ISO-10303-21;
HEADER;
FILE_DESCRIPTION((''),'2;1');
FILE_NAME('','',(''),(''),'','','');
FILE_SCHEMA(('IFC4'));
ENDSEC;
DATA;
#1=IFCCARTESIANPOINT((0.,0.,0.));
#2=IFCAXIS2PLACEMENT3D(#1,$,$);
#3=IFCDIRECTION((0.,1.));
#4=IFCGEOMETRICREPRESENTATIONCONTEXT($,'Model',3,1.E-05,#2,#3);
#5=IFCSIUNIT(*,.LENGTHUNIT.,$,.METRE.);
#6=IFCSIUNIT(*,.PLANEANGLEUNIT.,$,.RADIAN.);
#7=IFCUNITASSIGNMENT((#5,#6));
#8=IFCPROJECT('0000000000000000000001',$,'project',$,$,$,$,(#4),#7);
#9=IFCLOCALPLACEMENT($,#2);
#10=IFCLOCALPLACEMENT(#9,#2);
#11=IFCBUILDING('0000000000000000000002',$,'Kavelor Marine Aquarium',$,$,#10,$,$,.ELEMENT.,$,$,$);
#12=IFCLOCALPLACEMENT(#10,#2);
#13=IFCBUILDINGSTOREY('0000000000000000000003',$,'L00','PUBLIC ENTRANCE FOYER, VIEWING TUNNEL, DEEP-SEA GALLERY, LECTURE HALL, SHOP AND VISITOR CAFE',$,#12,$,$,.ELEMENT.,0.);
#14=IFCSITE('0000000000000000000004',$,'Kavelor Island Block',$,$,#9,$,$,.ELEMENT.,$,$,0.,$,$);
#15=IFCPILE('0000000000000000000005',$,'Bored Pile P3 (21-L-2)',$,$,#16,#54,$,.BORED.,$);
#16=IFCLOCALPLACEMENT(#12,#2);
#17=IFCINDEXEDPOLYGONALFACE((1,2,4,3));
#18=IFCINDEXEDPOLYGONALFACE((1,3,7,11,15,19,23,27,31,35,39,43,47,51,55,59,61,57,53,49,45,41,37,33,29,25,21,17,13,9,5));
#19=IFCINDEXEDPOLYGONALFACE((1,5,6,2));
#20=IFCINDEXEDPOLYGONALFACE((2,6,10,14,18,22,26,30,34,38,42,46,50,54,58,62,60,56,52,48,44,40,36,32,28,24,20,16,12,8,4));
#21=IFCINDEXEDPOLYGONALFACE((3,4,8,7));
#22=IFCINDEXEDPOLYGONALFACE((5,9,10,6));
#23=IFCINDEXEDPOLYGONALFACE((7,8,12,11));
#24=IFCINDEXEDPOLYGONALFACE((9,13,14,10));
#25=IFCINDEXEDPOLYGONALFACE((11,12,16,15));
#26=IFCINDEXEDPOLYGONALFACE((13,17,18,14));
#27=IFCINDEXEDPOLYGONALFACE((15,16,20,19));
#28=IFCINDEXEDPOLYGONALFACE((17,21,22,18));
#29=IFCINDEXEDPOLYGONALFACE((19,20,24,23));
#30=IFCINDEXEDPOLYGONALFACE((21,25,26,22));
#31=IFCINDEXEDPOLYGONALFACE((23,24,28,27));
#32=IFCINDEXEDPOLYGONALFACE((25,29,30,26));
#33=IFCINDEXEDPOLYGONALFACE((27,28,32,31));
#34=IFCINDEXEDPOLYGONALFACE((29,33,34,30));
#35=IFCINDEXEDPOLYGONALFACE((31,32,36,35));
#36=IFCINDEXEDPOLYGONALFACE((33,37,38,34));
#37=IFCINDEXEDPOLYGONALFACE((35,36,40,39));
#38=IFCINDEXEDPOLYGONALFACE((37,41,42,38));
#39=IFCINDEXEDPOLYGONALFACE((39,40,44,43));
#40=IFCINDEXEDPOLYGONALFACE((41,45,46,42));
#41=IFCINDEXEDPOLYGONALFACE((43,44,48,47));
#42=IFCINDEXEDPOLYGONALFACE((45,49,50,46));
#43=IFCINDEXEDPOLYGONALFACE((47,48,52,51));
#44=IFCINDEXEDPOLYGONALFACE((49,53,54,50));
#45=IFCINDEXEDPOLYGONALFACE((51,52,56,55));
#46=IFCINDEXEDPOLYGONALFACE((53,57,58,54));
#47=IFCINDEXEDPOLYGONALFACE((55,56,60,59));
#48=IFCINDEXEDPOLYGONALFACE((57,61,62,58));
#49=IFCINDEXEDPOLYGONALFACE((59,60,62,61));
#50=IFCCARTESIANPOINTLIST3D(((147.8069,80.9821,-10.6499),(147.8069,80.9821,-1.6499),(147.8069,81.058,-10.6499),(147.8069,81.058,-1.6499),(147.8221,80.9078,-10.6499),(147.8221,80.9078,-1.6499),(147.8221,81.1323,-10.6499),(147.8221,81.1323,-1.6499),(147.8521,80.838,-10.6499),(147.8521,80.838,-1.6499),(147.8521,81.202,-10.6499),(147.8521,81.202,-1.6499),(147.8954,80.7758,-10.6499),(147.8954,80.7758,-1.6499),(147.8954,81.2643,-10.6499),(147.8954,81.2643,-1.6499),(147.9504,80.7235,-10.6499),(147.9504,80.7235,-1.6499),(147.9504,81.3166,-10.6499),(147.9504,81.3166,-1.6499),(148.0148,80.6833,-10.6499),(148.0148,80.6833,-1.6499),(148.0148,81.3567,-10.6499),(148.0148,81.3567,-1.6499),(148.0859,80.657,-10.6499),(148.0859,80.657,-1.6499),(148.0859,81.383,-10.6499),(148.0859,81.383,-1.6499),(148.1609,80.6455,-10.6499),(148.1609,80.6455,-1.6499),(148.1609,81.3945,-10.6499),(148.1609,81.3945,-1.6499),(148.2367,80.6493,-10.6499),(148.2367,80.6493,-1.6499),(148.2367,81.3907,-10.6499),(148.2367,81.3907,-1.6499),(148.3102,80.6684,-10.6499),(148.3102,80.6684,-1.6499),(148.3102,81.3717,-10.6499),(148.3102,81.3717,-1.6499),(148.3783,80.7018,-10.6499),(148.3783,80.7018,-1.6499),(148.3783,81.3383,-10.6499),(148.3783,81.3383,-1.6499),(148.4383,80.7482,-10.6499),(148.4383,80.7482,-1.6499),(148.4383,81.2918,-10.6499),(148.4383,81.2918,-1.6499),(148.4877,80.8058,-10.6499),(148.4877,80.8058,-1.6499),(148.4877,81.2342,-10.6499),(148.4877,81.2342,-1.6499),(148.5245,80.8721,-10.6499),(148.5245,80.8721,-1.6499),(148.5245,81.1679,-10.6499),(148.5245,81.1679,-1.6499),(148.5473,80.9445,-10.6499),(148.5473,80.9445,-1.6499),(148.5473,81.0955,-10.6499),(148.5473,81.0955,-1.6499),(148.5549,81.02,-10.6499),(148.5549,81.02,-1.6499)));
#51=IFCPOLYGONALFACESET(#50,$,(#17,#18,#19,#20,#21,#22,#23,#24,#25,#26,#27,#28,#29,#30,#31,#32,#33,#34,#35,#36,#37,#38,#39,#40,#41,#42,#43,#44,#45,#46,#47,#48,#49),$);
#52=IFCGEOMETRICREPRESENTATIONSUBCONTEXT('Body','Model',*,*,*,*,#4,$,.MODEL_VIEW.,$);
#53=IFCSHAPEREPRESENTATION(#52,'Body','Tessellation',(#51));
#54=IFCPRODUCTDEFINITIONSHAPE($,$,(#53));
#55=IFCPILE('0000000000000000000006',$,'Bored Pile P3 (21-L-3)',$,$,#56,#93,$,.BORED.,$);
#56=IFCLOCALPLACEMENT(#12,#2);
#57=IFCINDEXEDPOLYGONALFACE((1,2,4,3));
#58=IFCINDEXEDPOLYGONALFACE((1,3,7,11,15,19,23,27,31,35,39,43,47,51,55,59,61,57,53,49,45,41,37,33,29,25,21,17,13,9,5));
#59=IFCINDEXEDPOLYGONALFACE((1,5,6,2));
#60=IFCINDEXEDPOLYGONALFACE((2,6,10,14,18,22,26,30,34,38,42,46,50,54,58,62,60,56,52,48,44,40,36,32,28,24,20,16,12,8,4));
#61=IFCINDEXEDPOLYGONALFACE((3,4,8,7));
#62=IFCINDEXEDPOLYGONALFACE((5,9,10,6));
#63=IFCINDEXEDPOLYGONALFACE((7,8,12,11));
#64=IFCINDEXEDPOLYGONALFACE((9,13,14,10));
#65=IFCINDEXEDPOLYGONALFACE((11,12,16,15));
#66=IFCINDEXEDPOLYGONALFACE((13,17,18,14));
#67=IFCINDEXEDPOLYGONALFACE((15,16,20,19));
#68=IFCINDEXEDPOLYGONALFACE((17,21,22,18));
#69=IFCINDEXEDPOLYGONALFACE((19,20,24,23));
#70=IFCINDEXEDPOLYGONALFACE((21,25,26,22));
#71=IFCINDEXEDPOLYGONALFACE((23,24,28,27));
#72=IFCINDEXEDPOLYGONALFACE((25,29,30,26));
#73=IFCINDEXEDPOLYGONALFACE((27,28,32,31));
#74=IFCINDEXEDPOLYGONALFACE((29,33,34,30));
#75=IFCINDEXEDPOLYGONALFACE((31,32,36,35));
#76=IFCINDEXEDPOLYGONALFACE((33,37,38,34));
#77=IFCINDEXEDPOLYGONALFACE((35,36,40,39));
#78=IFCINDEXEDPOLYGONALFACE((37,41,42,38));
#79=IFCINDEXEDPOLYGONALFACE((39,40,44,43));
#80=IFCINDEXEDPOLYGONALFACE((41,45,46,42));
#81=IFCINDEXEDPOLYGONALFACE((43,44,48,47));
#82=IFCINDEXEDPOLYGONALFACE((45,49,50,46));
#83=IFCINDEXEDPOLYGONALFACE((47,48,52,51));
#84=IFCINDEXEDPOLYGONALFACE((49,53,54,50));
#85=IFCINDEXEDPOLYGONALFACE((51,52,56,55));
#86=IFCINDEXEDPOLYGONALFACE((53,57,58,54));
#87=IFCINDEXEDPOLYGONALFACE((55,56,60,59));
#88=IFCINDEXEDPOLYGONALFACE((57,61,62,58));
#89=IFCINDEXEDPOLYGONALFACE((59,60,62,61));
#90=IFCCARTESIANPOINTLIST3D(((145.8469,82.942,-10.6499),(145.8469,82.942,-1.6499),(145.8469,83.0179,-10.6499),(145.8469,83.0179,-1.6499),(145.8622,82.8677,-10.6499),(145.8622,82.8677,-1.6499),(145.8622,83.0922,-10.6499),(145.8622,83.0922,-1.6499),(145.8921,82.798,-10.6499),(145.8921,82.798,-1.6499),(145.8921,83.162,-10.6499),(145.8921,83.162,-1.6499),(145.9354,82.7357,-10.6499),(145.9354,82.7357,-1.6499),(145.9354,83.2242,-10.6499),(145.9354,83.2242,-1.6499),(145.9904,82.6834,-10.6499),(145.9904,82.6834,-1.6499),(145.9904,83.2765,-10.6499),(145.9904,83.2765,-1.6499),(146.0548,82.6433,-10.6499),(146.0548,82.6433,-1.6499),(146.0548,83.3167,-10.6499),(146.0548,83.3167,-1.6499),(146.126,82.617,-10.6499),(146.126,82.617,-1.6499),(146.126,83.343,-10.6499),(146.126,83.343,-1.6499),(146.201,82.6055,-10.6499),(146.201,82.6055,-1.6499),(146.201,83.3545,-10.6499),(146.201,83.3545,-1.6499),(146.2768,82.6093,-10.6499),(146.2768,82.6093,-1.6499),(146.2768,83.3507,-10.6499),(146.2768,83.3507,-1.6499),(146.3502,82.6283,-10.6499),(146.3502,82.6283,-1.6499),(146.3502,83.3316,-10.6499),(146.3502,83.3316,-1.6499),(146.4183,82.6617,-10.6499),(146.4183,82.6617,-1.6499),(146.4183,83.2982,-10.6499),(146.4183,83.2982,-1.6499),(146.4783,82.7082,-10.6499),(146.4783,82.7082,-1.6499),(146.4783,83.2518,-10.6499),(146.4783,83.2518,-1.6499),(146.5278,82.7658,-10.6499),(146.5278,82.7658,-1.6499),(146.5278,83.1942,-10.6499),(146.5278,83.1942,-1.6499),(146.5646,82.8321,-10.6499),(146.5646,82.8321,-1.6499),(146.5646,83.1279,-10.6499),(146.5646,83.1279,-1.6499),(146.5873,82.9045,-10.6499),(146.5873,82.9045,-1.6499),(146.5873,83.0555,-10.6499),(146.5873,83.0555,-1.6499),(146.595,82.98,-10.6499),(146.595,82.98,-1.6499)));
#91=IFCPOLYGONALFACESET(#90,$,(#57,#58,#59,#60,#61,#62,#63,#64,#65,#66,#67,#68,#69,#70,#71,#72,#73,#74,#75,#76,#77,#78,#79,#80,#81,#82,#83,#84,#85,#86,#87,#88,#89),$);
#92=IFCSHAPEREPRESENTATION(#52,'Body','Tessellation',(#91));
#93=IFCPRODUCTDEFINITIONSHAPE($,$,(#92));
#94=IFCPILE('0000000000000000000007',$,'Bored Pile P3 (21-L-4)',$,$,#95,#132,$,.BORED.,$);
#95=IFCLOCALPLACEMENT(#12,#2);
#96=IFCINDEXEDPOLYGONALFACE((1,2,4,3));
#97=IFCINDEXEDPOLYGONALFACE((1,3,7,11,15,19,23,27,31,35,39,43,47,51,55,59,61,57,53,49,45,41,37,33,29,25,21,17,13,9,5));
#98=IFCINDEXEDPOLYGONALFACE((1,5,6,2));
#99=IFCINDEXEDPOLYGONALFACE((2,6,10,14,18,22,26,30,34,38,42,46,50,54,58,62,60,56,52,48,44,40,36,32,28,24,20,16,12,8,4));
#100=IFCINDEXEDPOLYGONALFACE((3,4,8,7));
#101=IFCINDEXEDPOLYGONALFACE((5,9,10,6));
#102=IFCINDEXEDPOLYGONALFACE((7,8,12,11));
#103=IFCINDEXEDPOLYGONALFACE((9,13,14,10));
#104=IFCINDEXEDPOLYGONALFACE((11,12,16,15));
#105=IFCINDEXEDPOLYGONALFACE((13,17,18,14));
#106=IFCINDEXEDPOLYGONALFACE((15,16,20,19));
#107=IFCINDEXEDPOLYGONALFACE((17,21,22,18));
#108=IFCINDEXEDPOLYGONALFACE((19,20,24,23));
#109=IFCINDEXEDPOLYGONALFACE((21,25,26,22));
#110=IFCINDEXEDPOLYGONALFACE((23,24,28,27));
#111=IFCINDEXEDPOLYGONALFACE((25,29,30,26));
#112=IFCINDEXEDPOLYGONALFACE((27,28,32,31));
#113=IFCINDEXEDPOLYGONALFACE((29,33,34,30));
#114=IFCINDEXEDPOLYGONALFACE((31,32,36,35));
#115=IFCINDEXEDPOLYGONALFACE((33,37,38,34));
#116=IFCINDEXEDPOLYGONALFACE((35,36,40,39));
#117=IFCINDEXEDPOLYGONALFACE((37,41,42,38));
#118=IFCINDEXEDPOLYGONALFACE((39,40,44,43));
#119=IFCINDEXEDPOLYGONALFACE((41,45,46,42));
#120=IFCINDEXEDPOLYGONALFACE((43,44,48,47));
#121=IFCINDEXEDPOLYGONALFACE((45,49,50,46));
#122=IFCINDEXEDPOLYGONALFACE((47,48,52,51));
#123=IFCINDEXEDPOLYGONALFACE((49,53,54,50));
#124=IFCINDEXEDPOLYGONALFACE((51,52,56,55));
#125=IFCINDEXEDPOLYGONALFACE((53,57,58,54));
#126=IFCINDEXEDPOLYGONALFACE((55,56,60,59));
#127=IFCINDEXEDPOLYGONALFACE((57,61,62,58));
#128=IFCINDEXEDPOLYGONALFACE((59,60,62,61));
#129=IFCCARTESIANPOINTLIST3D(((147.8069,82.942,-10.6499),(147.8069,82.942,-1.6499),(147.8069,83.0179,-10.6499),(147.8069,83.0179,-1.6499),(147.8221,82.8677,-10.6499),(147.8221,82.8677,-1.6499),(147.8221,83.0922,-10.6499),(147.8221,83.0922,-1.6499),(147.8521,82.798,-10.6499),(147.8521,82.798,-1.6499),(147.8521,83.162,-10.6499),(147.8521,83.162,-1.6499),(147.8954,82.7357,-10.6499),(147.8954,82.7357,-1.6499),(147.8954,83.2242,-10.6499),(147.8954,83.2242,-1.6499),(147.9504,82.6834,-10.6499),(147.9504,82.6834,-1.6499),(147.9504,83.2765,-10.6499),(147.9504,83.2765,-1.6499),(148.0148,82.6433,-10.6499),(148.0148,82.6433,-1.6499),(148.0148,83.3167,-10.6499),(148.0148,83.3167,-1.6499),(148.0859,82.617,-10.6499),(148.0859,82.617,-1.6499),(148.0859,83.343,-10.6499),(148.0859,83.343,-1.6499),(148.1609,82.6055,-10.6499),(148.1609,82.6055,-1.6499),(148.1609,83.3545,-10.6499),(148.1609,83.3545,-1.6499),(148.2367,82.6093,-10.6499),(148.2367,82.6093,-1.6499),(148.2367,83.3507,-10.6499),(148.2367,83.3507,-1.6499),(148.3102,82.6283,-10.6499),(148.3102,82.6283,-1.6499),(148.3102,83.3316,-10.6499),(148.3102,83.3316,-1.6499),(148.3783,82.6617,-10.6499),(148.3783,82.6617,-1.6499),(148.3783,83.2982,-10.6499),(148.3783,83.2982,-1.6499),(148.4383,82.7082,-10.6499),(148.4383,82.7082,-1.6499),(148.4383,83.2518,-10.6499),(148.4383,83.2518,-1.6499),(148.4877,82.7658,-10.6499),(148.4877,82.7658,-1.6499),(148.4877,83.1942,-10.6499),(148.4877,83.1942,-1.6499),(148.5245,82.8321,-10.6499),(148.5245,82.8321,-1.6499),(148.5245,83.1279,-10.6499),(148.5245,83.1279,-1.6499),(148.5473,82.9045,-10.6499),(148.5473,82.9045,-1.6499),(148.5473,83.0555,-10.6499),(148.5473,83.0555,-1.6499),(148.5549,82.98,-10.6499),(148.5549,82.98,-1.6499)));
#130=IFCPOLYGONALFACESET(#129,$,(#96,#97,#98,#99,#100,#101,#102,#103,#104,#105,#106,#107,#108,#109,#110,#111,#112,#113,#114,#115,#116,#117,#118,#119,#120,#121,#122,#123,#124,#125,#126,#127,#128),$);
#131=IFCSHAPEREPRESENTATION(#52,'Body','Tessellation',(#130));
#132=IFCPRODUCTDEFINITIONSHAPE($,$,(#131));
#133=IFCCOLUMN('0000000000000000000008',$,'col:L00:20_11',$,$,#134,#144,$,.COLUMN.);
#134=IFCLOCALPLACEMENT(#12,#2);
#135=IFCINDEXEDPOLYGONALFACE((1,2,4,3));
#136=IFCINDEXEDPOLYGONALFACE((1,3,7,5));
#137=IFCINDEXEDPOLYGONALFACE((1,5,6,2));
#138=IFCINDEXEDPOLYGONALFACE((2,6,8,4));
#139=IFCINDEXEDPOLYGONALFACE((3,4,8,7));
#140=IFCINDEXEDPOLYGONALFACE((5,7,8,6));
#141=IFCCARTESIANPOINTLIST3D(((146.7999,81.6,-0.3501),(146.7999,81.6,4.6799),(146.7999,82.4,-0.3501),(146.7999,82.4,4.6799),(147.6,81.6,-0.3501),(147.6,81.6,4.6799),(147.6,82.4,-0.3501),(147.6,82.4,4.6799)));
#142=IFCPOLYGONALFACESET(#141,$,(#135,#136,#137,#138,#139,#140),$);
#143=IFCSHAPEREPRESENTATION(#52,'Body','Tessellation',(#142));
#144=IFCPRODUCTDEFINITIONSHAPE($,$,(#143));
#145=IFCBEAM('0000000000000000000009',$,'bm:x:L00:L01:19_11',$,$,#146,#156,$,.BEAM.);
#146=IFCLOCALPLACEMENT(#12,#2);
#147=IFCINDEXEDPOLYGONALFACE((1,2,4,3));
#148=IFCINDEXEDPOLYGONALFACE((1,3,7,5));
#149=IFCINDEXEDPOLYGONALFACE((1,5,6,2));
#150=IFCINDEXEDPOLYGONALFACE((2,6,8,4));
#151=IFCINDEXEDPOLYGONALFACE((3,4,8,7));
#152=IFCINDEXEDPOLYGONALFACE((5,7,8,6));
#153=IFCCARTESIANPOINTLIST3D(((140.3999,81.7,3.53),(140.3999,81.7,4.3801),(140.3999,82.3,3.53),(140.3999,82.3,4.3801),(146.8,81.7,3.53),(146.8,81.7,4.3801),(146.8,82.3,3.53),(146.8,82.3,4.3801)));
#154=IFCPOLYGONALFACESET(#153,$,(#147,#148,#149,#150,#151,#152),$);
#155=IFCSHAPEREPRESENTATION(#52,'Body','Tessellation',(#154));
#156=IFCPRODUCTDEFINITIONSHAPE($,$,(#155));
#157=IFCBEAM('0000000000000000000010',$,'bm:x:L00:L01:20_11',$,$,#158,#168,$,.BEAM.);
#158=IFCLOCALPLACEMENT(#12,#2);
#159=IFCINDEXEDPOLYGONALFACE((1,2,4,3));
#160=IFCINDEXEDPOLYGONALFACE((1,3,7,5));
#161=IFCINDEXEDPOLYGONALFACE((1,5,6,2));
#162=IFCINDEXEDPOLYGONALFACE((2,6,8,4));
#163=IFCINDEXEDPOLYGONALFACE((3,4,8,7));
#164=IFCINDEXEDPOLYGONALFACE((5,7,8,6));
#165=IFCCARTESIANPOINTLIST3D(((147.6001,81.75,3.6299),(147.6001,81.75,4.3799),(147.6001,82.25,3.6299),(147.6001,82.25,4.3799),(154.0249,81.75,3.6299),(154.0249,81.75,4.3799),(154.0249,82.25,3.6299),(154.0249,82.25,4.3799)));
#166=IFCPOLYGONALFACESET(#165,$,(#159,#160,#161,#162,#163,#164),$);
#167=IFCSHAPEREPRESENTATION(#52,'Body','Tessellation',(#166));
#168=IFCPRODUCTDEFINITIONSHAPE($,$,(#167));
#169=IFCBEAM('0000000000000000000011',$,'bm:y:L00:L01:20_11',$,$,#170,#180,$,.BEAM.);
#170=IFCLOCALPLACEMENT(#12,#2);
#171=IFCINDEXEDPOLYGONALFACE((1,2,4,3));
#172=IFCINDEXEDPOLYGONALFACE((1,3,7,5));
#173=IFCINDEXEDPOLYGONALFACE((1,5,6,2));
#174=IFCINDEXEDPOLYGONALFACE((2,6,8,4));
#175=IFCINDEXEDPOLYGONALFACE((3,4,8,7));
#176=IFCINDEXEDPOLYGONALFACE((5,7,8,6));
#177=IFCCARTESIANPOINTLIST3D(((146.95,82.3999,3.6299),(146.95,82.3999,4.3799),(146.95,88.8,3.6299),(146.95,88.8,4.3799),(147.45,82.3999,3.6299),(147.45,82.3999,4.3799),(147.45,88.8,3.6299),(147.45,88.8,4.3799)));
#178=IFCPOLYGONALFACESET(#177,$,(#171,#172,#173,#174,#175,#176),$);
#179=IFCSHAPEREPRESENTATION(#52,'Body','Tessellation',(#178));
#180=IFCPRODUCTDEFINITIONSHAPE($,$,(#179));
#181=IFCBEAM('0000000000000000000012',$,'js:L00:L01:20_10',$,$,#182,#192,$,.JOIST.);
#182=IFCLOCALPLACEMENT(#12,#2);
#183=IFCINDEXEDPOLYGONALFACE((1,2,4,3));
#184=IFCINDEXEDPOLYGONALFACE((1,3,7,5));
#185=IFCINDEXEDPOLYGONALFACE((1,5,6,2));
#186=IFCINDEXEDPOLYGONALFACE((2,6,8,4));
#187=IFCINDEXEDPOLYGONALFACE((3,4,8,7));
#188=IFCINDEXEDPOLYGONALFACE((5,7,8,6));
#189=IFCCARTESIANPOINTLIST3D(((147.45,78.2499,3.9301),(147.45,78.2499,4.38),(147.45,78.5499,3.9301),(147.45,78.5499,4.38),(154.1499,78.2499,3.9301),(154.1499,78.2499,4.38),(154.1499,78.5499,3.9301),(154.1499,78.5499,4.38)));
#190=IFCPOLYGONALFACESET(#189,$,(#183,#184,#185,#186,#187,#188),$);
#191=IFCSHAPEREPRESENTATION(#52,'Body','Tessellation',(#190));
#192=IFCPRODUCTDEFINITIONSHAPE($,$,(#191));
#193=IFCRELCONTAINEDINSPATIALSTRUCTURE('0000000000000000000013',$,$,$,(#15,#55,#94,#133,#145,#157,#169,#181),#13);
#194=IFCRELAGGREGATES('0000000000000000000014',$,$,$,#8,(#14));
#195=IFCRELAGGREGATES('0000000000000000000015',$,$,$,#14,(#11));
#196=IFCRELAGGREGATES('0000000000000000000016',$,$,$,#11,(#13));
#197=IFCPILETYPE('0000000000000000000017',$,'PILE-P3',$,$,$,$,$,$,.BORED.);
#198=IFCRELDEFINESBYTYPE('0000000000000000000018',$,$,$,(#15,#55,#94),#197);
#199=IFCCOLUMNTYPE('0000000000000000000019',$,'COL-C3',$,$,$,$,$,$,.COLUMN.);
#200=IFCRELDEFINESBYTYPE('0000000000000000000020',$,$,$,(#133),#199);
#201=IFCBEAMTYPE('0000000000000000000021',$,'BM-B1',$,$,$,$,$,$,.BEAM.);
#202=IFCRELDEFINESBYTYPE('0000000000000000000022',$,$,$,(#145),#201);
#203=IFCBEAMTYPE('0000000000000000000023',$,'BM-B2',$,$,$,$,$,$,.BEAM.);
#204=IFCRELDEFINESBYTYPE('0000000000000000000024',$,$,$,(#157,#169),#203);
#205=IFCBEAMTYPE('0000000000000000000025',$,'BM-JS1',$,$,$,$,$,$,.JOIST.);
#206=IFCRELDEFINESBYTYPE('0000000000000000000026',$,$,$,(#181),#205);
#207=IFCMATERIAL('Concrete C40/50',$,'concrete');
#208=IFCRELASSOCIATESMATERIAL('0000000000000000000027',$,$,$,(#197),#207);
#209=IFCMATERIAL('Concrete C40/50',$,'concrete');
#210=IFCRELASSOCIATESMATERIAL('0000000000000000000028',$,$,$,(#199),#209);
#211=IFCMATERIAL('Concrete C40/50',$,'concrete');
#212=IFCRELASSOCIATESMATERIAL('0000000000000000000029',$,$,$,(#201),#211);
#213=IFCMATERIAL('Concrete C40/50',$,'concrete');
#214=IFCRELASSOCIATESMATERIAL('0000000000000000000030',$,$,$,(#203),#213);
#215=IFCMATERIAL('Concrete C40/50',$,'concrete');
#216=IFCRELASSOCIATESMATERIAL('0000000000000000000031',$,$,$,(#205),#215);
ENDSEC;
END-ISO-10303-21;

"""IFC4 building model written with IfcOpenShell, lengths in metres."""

from ifc_helpers import new_model, si_unit, direction, frame, origin, origin_2d, place, context, subcontext, project, spatial, rectangle, circle, extrude, material, material_profile, profile_set, type_object, element, save


model = new_model("IFC4")

# Units and contexts
model_context = context("Model", 3, precision=1e-05, world=origin(), true_north=direction((0.0, 1.0)))
body_context = subcontext(model_context, "Body", "Model", "MODEL_VIEW")
ifc_project = project(units=[si_unit("LENGTHUNIT", "METRE"), si_unit("PLANEANGLEUNIT", "RADIAN")], contexts=[model_context])

# Site, building, storey
site_placement = place(None, origin())
site = spatial("IfcSite", under=ifc_project, at=site_placement, Name="Kavelor Island Block", CompositionType="ELEMENT", RefElevation=0.0)
building_placement = place(site_placement, origin())
building = spatial("IfcBuilding", under=site, at=building_placement, Name="Kavelor Marine Aquarium", CompositionType="ELEMENT")
storey_placement = place(building_placement, origin())
storey = spatial("IfcBuildingStorey", under=building, at=storey_placement, Name="L00", Description="PUBLIC ENTRANCE FOYER, VIEWING TUNNEL, DEEP-SEA GALLERY, LECTURE HALL, SHOP AND VISITOR CAFE", CompositionType="ELEMENT", Elevation=0.0)

# Piles
ifc_material_1 = material(Name="Concrete C40/50", Category="concrete")
ifc_material_profile_1 = material_profile(ifc_material_1, circle(Radius=0.375, at=origin_2d()), Name="PILE D750")
ifc_profile_set_1 = profile_set([ifc_material_profile_1], Name="Concrete C40/50")
pile_type_1 = type_object("IfcPileType", Name="PILE-P3", PredefinedType="BORED", material=ifc_profile_set_1)
for number, where, z_axis, x_axis, name in (
    (1, (148.1799, 81.02, -1.6499), (0.0, 0.0, -1.0), (1.0, 0.0, 0.0), "Bored Pile P3 (21-L-2)"),
    (2, (146.22, 82.98, -1.6499), (0.0, 0.0, -1.0), (1.0, 0.0, 0.0), "Bored Pile P3 (21-L-3)"),
    (3, (148.1799, 82.98, -1.6499), (0.0, 0.0, -1.0), (1.0, 0.0, 0.0), "Bored Pile P3 (21-L-4)"),
):
    element("IfcPile", number, at=place(storey_placement, frame(where, z_axis=z_axis, x_axis=x_axis)), inside=storey, type_object=pile_type_1, Name=name, PredefinedType="BORED", context=body_context, shape_type="SweptSolid", body=[
        extrude(circle(Radius=0.375, at=origin_2d()), origin(), (0.0, 0.0, 1.0), 9.0),
    ])

# Column
ifc_material_2 = material(Name="Concrete C40/50", Category="concrete")
ifc_material_profile_2 = material_profile(ifc_material_2, rectangle(XDim=0.8, YDim=0.8, at=origin_2d()), Name="RC-COL 800x800")
ifc_profile_set_2 = profile_set([ifc_material_profile_2], Name="Concrete C40/50")
column_type = type_object("IfcColumnType", Name="COL-C3", PredefinedType="COLUMN", material=ifc_profile_set_2)
column_placement = place(storey_placement, frame((147.2, 82.0, -0.3501), z_axis=(0.0, 0.0, 1.0), x_axis=(1.0, 0.0, 0.0)))
element("IfcColumn", 4, at=column_placement, inside=storey, type_object=column_type, Name="col:L00:20_11", PredefinedType="COLUMN", context=body_context, shape_type="SweptSolid", body=[
    extrude(rectangle(XDim=0.8, YDim=0.8, at=origin_2d()), origin(), (0.0, 0.0, 1.0), 5.03),
])

# Beams
ifc_material_3 = material(Name="Concrete C40/50", Category="concrete")
ifc_material_profile_3 = material_profile(ifc_material_3, rectangle(XDim=0.6001, YDim=0.8501, at=origin_2d()), Name="RC-BM 600x850")
ifc_profile_set_3 = profile_set([ifc_material_profile_3], Name="Concrete C40/50")
beam_type_1 = type_object("IfcBeamType", Name="BM-B1", PredefinedType="BEAM", material=ifc_profile_set_3)
beam_1_placement = place(storey_placement, frame((140.3999, 82.0, 3.9551), z_axis=(1.0, 0.0, 0.0), x_axis=(0.0, 1.0, 0.0)))
element("IfcBeam", 5, at=beam_1_placement, inside=storey, type_object=beam_type_1, Name="bm:x:L00:L01:19_11", PredefinedType="BEAM", context=body_context, shape_type="SweptSolid", body=[
    extrude(rectangle(XDim=0.6001, YDim=0.8501, at=origin_2d()), origin(), (0.0, 0.0, 1.0), 6.4001),
])
ifc_material_4 = material(Name="Concrete C40/50", Category="concrete")
ifc_material_profile_4 = material_profile(ifc_material_4, rectangle(XDim=0.5, YDim=0.75, at=origin_2d()), Name="RC-BM 500x750")
ifc_profile_set_4 = profile_set([ifc_material_profile_4], Name="Concrete C40/50")
beam_type_2 = type_object("IfcBeamType", Name="BM-B2", PredefinedType="BEAM", material=ifc_profile_set_4)
beam_2_placement = place(storey_placement, frame((147.6001, 82.0, 4.0049), z_axis=(1.0, 0.0, 0.0), x_axis=(0.0, 1.0, 0.0)))
element("IfcBeam", 6, at=beam_2_placement, inside=storey, type_object=beam_type_2, Name="bm:x:L00:L01:20_11", PredefinedType="BEAM", context=body_context, shape_type="SweptSolid", body=[
    extrude(rectangle(XDim=0.5, YDim=0.75, at=origin_2d()), origin(), (0.0, 0.0, 1.0), 6.4248),
])
beam_3_placement = place(storey_placement, frame((147.2, 82.3999, 4.0049), z_axis=(0.0, 1.0, 0.0), x_axis=(-1.0, 0.0, 0.0)))
element("IfcBeam", 7, at=beam_3_placement, inside=storey, type_object=beam_type_2, Name="bm:y:L00:L01:20_11", PredefinedType="BEAM", context=body_context, shape_type="SweptSolid", body=[
    extrude(rectangle(XDim=0.5, YDim=0.75, at=origin_2d()), origin(), (0.0, 0.0, 1.0), 6.4001),
])
ifc_material_5 = material(Name="Concrete C40/50", Category="concrete")
ifc_material_profile_5 = material_profile(ifc_material_5, rectangle(XDim=0.3, YDim=0.45, at=origin_2d()), Name="RC-JS 300x450")
ifc_profile_set_5 = profile_set([ifc_material_profile_5], Name="Concrete C40/50")
beam_type_3 = type_object("IfcBeamType", Name="BM-JS1", PredefinedType="JOIST", material=ifc_profile_set_5)
beam_4_placement = place(storey_placement, frame((147.45, 78.3999, 4.155), z_axis=(1.0, 0.0, 0.0), x_axis=(0.0, 1.0, 0.0)))
element("IfcBeam", 8, at=beam_4_placement, inside=storey, type_object=beam_type_3, Name="js:L00:L01:20_10", PredefinedType="JOIST", context=body_context, shape_type="SweptSolid", body=[
    extrude(rectangle(XDim=0.3, YDim=0.45, at=origin_2d()), origin(), (0.0, 0.0, 1.0), 6.7),
])

save(model, "model.ifc")
